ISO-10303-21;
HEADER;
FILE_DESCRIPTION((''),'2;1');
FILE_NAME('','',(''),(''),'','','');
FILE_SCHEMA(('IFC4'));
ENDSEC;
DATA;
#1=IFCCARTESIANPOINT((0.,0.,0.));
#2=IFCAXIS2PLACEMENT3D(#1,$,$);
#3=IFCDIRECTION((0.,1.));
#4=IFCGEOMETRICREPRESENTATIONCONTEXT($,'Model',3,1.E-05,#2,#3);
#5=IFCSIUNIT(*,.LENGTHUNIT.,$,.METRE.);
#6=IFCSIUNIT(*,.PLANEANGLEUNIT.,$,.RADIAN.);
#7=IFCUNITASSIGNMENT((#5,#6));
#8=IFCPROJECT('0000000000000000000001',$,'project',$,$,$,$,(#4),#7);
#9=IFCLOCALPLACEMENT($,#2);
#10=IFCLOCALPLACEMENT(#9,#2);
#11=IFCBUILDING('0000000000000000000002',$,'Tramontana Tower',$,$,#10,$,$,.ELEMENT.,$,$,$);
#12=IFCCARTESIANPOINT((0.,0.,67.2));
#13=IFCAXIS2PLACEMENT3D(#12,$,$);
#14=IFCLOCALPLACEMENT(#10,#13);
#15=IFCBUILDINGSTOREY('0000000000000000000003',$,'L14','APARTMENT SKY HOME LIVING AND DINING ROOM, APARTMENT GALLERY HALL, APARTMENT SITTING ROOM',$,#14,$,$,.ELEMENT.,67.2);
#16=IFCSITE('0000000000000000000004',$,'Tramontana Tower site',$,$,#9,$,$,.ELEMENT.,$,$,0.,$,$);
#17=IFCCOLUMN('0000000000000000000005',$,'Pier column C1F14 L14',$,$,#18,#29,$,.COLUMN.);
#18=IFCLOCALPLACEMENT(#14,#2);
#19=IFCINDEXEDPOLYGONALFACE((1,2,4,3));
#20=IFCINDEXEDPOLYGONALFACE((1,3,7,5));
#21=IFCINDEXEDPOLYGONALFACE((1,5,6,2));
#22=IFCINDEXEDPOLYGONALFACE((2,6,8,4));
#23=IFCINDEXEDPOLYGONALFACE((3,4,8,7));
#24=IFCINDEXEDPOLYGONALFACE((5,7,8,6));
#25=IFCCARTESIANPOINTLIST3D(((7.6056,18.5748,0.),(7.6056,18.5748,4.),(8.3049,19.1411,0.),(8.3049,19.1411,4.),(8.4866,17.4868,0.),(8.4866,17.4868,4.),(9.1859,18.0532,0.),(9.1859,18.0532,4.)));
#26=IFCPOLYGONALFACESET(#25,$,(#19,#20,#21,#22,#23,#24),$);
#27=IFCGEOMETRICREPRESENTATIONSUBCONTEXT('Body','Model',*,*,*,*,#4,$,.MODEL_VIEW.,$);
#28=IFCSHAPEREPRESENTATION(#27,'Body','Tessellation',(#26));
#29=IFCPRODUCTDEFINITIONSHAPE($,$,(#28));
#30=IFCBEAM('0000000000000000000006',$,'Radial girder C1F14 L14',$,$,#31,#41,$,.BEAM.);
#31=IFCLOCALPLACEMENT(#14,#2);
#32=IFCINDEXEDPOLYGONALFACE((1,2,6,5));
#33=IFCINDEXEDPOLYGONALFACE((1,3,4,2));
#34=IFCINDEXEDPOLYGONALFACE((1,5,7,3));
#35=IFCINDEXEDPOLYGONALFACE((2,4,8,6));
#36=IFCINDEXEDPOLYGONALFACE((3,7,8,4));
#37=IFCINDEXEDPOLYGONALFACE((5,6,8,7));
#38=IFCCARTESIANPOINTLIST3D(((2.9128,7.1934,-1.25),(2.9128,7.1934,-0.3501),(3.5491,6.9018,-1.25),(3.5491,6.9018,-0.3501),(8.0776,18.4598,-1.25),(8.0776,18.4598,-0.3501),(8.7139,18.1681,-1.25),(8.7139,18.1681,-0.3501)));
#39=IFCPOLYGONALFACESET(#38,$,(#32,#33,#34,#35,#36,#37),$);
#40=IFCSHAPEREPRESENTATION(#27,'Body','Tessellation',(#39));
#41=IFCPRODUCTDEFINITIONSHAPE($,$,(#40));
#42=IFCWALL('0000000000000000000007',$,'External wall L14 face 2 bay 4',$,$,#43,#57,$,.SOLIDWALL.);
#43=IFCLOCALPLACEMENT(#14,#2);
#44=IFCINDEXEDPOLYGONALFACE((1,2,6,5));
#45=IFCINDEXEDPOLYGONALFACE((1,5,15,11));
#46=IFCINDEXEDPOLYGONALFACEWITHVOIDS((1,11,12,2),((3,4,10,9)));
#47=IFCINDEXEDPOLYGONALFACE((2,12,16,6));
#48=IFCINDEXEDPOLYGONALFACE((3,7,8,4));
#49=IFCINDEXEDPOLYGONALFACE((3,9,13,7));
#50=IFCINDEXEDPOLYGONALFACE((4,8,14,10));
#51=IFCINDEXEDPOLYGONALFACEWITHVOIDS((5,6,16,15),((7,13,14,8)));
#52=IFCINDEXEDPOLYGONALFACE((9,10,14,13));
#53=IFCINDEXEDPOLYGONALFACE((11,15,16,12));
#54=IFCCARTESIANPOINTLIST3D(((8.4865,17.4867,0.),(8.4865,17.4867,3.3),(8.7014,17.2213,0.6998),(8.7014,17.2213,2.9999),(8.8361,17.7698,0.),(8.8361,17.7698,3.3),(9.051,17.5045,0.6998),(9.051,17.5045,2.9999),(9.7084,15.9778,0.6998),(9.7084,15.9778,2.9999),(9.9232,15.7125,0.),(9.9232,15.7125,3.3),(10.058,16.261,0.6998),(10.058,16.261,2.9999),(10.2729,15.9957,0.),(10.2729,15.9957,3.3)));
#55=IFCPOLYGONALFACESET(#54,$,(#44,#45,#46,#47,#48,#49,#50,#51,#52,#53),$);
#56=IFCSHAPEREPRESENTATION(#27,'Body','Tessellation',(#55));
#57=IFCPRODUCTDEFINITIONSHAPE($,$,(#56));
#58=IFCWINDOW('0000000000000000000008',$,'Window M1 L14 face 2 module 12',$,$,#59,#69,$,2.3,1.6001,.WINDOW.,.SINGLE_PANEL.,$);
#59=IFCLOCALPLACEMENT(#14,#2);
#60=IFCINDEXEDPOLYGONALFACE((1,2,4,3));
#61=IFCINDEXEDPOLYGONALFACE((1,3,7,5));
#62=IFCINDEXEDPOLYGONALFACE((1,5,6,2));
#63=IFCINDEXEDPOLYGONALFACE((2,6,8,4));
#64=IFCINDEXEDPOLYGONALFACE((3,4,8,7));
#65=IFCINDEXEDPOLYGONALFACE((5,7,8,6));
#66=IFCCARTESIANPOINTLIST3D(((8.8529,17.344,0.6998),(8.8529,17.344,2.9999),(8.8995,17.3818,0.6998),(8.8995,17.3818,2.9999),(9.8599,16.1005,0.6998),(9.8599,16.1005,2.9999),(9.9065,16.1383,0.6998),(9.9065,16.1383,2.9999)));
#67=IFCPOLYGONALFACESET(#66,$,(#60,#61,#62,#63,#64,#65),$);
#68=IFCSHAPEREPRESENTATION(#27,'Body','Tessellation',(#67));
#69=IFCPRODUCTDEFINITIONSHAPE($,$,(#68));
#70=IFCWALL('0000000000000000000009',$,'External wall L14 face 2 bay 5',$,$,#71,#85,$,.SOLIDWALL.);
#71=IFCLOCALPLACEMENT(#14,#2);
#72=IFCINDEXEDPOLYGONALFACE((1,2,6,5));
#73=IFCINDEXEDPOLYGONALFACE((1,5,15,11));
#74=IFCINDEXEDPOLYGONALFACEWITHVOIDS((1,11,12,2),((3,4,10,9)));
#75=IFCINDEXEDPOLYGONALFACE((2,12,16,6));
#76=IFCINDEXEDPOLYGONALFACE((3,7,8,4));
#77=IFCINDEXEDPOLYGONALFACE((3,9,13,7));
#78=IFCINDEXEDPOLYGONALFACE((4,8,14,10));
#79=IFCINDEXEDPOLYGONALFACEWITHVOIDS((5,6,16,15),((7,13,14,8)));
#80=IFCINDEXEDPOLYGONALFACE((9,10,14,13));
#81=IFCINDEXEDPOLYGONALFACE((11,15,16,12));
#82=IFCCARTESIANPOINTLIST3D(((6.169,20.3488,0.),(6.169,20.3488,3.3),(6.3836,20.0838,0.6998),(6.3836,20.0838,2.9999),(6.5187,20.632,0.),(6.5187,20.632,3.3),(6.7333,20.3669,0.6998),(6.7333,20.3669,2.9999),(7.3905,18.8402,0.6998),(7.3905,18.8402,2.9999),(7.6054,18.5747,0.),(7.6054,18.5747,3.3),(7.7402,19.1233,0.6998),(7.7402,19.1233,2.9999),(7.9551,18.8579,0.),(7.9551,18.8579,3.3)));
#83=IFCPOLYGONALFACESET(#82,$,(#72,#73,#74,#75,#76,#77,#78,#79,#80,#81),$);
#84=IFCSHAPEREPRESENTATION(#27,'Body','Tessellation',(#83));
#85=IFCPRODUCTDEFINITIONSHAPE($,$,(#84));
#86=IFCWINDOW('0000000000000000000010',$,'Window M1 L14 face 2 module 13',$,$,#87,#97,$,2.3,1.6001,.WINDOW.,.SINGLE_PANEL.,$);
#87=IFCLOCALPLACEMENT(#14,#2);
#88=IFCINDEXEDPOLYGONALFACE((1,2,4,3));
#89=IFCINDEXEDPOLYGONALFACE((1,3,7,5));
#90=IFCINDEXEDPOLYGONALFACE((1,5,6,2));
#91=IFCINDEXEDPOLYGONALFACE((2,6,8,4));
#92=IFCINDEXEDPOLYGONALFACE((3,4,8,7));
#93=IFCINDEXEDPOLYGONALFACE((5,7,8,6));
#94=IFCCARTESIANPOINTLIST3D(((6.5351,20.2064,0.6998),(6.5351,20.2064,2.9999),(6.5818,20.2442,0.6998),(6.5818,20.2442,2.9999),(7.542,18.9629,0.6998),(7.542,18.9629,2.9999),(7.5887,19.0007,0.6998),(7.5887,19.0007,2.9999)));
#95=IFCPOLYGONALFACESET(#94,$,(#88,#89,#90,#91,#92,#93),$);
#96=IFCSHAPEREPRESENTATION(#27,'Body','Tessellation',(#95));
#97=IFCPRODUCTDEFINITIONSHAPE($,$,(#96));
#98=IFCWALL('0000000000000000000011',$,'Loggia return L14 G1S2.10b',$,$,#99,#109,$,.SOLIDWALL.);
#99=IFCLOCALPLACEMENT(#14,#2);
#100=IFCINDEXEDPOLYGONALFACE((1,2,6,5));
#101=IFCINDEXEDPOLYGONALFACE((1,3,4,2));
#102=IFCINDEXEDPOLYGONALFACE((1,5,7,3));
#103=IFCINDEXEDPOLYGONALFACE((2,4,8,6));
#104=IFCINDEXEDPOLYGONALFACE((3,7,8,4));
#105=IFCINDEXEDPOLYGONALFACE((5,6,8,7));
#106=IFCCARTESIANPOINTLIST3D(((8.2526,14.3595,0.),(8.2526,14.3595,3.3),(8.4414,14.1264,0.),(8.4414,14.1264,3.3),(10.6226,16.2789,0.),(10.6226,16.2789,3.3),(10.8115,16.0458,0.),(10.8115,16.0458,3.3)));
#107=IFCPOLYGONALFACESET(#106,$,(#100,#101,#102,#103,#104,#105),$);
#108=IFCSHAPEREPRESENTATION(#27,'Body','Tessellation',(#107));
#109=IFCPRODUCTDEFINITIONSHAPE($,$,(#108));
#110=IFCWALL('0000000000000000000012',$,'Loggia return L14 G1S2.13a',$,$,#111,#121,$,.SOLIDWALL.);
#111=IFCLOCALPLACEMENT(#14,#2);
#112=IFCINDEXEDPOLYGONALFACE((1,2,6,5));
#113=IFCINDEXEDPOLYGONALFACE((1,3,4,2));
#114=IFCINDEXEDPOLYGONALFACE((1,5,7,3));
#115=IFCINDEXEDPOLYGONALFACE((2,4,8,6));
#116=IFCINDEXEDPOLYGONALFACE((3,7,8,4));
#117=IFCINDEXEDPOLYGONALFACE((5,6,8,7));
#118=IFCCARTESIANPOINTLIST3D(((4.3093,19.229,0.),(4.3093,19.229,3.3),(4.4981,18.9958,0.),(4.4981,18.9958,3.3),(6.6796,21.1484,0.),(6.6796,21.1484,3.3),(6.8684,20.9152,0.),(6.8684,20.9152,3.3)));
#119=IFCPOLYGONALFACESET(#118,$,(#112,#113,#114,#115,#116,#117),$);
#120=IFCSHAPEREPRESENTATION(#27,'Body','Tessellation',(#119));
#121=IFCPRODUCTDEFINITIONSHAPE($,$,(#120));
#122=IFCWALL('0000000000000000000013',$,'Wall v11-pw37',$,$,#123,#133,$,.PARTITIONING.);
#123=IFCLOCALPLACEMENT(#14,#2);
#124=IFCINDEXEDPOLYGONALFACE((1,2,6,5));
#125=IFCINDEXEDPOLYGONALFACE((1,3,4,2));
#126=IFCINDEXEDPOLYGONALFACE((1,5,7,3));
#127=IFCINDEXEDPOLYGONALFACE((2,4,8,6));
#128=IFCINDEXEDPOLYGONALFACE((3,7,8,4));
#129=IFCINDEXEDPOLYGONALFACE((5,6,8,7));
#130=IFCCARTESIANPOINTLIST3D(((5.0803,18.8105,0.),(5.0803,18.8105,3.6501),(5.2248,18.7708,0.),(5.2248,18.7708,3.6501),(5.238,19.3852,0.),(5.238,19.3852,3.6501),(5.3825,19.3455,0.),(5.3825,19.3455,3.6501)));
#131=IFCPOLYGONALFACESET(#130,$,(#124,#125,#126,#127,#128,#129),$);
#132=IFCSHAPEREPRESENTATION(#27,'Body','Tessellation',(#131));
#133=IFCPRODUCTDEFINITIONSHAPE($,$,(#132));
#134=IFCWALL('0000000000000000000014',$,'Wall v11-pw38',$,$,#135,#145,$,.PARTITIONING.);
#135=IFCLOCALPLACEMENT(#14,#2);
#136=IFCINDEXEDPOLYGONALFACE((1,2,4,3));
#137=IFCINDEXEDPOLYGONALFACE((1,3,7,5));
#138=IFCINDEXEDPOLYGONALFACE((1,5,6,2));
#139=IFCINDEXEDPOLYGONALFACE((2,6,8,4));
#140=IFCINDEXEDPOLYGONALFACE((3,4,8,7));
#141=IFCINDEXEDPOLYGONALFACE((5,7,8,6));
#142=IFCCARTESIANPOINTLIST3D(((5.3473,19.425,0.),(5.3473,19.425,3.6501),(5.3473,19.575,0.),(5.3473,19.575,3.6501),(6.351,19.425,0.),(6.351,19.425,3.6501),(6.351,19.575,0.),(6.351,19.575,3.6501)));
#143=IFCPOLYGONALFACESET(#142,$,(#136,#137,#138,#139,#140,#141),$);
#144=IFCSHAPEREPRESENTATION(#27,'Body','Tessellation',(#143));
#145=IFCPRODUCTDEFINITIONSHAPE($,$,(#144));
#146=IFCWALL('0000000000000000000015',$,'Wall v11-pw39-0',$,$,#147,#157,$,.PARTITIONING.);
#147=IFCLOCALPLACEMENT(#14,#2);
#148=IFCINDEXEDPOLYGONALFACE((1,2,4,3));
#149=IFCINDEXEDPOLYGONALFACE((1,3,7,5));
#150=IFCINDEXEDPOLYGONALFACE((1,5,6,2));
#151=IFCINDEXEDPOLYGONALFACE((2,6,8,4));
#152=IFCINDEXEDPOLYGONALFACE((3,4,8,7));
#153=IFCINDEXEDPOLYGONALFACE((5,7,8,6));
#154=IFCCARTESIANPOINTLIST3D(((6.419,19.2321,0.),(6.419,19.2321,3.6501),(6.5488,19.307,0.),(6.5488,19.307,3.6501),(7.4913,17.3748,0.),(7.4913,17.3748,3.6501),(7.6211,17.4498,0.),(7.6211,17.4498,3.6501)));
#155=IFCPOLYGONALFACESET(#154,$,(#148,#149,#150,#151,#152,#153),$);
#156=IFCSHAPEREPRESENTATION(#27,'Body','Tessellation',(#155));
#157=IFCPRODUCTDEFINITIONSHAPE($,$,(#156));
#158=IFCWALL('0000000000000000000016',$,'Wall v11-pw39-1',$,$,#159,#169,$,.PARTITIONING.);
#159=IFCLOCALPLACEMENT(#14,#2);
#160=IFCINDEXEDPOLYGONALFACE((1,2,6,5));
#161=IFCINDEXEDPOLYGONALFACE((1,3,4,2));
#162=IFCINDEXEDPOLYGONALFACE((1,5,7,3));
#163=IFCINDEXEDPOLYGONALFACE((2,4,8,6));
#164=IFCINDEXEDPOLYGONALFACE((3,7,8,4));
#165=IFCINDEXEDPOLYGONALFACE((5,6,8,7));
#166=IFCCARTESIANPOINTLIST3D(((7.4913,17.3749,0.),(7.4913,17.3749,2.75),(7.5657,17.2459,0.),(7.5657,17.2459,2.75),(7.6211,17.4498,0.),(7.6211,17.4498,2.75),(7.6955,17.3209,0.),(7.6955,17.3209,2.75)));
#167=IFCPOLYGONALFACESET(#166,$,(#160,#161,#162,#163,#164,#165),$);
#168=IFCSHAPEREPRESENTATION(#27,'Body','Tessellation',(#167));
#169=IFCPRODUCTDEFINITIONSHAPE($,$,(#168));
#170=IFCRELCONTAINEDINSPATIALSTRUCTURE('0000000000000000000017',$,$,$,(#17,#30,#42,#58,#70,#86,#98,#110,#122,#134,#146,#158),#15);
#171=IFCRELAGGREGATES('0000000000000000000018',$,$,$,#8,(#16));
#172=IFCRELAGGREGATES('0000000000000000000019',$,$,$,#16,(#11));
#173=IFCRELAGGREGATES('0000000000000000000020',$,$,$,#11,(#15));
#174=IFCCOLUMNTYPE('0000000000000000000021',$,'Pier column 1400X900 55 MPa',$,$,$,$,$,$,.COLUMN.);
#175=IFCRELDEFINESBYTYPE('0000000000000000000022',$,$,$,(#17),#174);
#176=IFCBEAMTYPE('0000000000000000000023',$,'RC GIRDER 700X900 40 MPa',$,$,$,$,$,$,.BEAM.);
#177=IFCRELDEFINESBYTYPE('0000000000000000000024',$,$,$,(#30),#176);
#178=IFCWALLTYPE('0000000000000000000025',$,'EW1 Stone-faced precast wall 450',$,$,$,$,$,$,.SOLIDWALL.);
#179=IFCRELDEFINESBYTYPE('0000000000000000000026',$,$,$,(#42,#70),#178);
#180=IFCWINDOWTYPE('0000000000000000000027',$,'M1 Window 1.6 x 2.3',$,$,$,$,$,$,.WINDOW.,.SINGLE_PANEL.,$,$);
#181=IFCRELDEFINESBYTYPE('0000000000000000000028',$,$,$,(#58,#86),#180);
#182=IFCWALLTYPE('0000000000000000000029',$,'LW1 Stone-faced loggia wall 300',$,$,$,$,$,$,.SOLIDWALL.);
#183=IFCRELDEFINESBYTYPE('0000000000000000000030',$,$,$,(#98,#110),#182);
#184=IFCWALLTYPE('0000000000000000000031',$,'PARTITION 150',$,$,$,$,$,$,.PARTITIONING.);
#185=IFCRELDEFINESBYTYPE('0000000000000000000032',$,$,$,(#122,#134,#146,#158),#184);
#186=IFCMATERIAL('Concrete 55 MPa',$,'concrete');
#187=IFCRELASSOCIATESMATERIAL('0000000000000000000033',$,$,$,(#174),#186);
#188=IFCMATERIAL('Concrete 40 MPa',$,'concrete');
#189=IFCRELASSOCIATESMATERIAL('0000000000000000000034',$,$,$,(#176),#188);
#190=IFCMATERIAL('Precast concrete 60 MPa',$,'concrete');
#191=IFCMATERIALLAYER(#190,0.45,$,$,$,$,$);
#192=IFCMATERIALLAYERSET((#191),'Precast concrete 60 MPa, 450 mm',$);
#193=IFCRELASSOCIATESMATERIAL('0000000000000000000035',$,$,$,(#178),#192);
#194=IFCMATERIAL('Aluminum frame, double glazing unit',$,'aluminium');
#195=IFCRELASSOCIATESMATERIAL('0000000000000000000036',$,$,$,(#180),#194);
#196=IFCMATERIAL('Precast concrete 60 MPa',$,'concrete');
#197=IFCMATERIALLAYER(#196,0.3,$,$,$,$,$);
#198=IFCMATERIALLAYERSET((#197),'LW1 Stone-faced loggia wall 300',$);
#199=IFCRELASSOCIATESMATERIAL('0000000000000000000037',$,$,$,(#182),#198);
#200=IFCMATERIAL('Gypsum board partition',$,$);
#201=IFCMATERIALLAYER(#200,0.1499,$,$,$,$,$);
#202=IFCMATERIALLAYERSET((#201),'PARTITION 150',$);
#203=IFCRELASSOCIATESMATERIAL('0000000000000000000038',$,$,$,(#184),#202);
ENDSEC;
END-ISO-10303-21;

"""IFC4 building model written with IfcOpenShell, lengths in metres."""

from ifc_helpers import new_model, si_unit, direction, frame, frame_2d, origin, origin_2d, place, context, subcontext, project, spatial, rectangle, extrude, material, layer, layer_set, material_profile, profile_set, type_object, element, fill, save


model = new_model("IFC4")

# Units and contexts
model_context = context("Model", 3, precision=1e-05, world=origin(), true_north=direction((0.0, 1.0)))
body_context = subcontext(model_context, "Body", "Model", "MODEL_VIEW")
ifc_project = project(units=[si_unit("LENGTHUNIT", "METRE"), si_unit("PLANEANGLEUNIT", "RADIAN")], contexts=[model_context])

# Site, building, storey
site_placement = place(None, origin())
site = spatial("IfcSite", under=ifc_project, at=site_placement, Name="Tramontana Tower site", CompositionType="ELEMENT", RefElevation=0.0)
building_placement = place(site_placement, origin())
building = spatial("IfcBuilding", under=site, at=building_placement, Name="Tramontana Tower", CompositionType="ELEMENT")
storey_placement = place(building_placement, frame((0.0, 0.0, 67.2)))
storey = spatial("IfcBuildingStorey", under=building, at=storey_placement, Name="L14", Description="APARTMENT SKY HOME LIVING AND DINING ROOM, APARTMENT GALLERY HALL, APARTMENT SITTING ROOM", CompositionType="ELEMENT", Elevation=67.2)

# Column
ifc_material_1 = material(Name="Concrete 55 MPa", Category="concrete")
ifc_material_profile_1 = material_profile(ifc_material_1, rectangle(XDim=1.3999, YDim=0.8999, at=origin_2d()), Name="Pier column 1400X900 55 MPa")
ifc_profile_set_1 = profile_set([ifc_material_profile_1], Name="Concrete 55 MPa")
column_type = type_object("IfcColumnType", Name="Pier column 1400X900 55 MPa", PredefinedType="COLUMN", material=ifc_profile_set_1)
column_placement = place(storey_placement, frame((8.3958, 18.314, 0.0), z_axis=(0.0, 0.0, 1.0), x_axis=(-0.62932, 0.777146, 0.0)))
element("IfcColumn", 1, at=column_placement, inside=storey, type_object=column_type, Name="Pier column C1F14 L14", PredefinedType="COLUMN", context=body_context, shape_type="SweptSolid", body=[
    extrude(rectangle(XDim=1.3999, YDim=0.8999, at=origin_2d()), origin(), (0.0, 0.0, 1.0), 4.0),
])

# Beam
ifc_material_2 = material(Name="Concrete 40 MPa", Category="concrete")
ifc_material_profile_2 = material_profile(ifc_material_2, rectangle(XDim=0.7, YDim=0.8999, at=origin_2d()), Name="RC GIRDER 700X900 40 MPa")
ifc_profile_set_2 = profile_set([ifc_material_profile_2], Name="Concrete 40 MPa")
beam_type = type_object("IfcBeamType", Name="RC GIRDER 700X900 40 MPa", PredefinedType="BEAM", material=ifc_profile_set_2)
beam_placement = place(storey_placement, frame((8.3958, 18.314, -0.8), z_axis=(-0.416725, -0.909033, 0.0), x_axis=(0.909033, -0.416725, 0.0)))
element("IfcBeam", 2, at=beam_placement, inside=storey, type_object=beam_type, Name="Radial girder C1F14 L14", PredefinedType="BEAM", context=body_context, shape_type="SweptSolid", body=[
    extrude(rectangle(XDim=0.7, YDim=0.8999, at=origin_2d()), origin(), (0.0, 0.0, 1.0), 12.3938),
])

# Walls, openings, windows
ifc_material_3 = material(Name="Precast concrete 60 MPa", Category="concrete")
ifc_layer_1 = layer(ifc_material_3, 0.45)
ifc_layer_set_1 = layer_set([ifc_layer_1], Name="Precast concrete 60 MPa, 450 mm")
wall_type_1 = type_object("IfcWallType", Name="EW1 Stone-faced precast wall 450", PredefinedType="SOLIDWALL", material=ifc_layer_set_1)
wall_1_placement = place(storey_placement, frame((10.0981, 15.854, 0.0), z_axis=(0.0, 0.0, 1.0), x_axis=(-0.62934, 0.77713, 0.0)))
wall_1 = element("IfcWall", 3, at=wall_1_placement, inside=storey, type_object=wall_type_1, Name="External wall L14 face 2 bay 4", PredefinedType="SOLIDWALL", context=body_context, shape_type="SweptSolid", body=[
    extrude(rectangle(XDim=2.283, YDim=0.45, at=frame_2d((1.1416, 0.0))), origin(), (0.0, 0.0, 1.0), 3.3),
])
opening_1_placement = place(wall_1_placement, frame((0.3416, 0.0, 0.7)))
opening_1 = element("IfcOpeningElement", 4, at=opening_1_placement, cuts=wall_1, PredefinedType="OPENING", context=body_context, shape_type="SweptSolid", body=[
    extrude(rectangle(XDim=1.6001, YDim=2.3, at=frame_2d((0.8, 1.1499))), frame((0.0, 0.2349, 0.0), z_axis=(0.0, -1.0, 0.0), x_axis=(1.0, 0.0, 0.0)), (0.0, 0.0, 1.0), 0.47),
])
ifc_material_4 = material(Name="Aluminum frame, double glazing unit", Category="aluminium")
window_type = type_object("IfcWindowType", Name="M1 Window 1.6 x 2.3", PartitioningType="SINGLE_PANEL", PredefinedType="WINDOW", material=ifc_material_4)
window_1_placement = place(opening_1_placement, origin())
window_1 = element("IfcWindow", 5, at=window_1_placement, inside=storey, type_object=window_type, Name="Window M1 L14 face 2 module 12", OverallHeight=2.3, OverallWidth=1.6001, PartitioningType="SINGLE_PANEL", PredefinedType="WINDOW", context=body_context, shape_type="SweptSolid", body=[
    extrude(rectangle(XDim=1.6001, YDim=2.3, at=frame_2d((0.8, 1.1499))), frame((0.0, 0.03, 0.0), z_axis=(0.0, -1.0, 0.0), x_axis=(1.0, 0.0, 0.0)), (0.0, 0.0, 1.0), 0.0601),
])
fill(opening_1, window_1)
wall_2_placement = place(storey_placement, frame((7.7803, 18.7163, 0.0), z_axis=(0.0, 0.0, 1.0), x_axis=(-0.629275, 0.777183, 0.0)))
wall_2 = element("IfcWall", 6, at=wall_2_placement, inside=storey, type_object=wall_type_1, Name="External wall L14 face 2 bay 5", PredefinedType="SOLIDWALL", context=body_context, shape_type="SweptSolid", body=[
    extrude(rectangle(XDim=2.2827, YDim=0.45, at=frame_2d((1.1414, 0.0))), origin(), (0.0, 0.0, 1.0), 3.3),
])
opening_2_placement = place(wall_2_placement, frame((0.3416, 0.0, 0.7)))
opening_2 = element("IfcOpeningElement", 7, at=opening_2_placement, cuts=wall_2, PredefinedType="OPENING", context=body_context, shape_type="SweptSolid", body=[
    extrude(rectangle(XDim=1.6001, YDim=2.3, at=frame_2d((0.8, 1.1499))), frame((0.0, 0.2349, 0.0), z_axis=(0.0, -1.0, 0.0), x_axis=(1.0, 0.0, 0.0)), (0.0, 0.0, 1.0), 0.47),
])
window_2_placement = place(opening_2_placement, origin())
window_2 = element("IfcWindow", 8, at=window_2_placement, inside=storey, type_object=window_type, Name="Window M1 L14 face 2 module 13", OverallHeight=2.3, OverallWidth=1.6001, PartitioningType="SINGLE_PANEL", PredefinedType="WINDOW", context=body_context, shape_type="SweptSolid", body=[
    extrude(rectangle(XDim=1.6001, YDim=2.3, at=frame_2d((0.8, 1.1499))), frame((0.0, 0.03, 0.0), z_axis=(0.0, -1.0, 0.0), x_axis=(1.0, 0.0, 0.0)), (0.0, 0.0, 1.0), 0.0601),
])
fill(opening_2, window_2)

# Walls
ifc_material_5 = material(Name="Precast concrete 60 MPa", Category="concrete")
ifc_layer_2 = layer(ifc_material_5, 0.3)
ifc_layer_set_2 = layer_set([ifc_layer_2], Name="LW1 Stone-faced loggia wall 300")
wall_type_2 = type_object("IfcWallType", Name="LW1 Stone-faced loggia wall 300", PredefinedType="SOLIDWALL", material=ifc_layer_set_2)
wall_3_placement = place(storey_placement, frame((10.717, 16.1624, 0.0), z_axis=(0.0, 0.0, 1.0), x_axis=(-0.777122, -0.62935, 0.0)))
element("IfcWall", 9, at=wall_3_placement, inside=storey, type_object=wall_type_2, Name="Loggia return L14 G1S2.10b", PredefinedType="SOLIDWALL", context=body_context, shape_type="SweptSolid", body=[
    extrude(rectangle(XDim=3.0498, YDim=0.3, at=frame_2d((1.5249, 0.0))), origin(), (0.0, 0.0, 1.0), 3.3),
])
wall_4_placement = place(storey_placement, frame((6.7739, 21.0317, 0.0), z_axis=(0.0, 0.0, 1.0), x_axis=(-0.777154, -0.629311, 0.0)))
element("IfcWall", 10, at=wall_4_placement, inside=storey, type_object=wall_type_2, Name="Loggia return L14 G1S2.13a", PredefinedType="SOLIDWALL", context=body_context, shape_type="SweptSolid", body=[
    extrude(rectangle(XDim=3.05, YDim=0.3, at=frame_2d((1.5249, 0.0))), origin(), (0.0, 0.0, 1.0), 3.3),
])
ifc_material_6 = material(Name="Gypsum board partition")
ifc_layer_3 = layer(ifc_material_6, 0.1499)
ifc_layer_set_3 = layer_set([ifc_layer_3], Name="PARTITION 150")
wall_type_3 = type_object("IfcWallType", Name="PARTITION 150", PredefinedType="PARTITIONING", material=ifc_layer_set_3)
wall_5_placement = place(storey_placement, frame((5.1526, 18.7908, 0.0), z_axis=(0.0, 0.0, 1.0), x_axis=(0.264642, 0.964347, 0.0)))
element("IfcWall", 11, at=wall_5_placement, inside=storey, type_object=wall_type_3, Name="Wall v11-pw37", PredefinedType="PARTITIONING", context=body_context, shape_type="SweptSolid", body=[
    extrude(rectangle(XDim=0.5959, YDim=0.1499, at=frame_2d((0.2979, 0.0))), origin(), (0.0, 0.0, 1.0), 3.6501),
])
wall_6_placement = place(storey_placement, frame((5.3472, 19.5, 0.0), z_axis=(0.0, 0.0, 1.0), x_axis=(1.0, 0.0, 0.0)))
element("IfcWall", 12, at=wall_6_placement, inside=storey, type_object=wall_type_3, Name="Wall v11-pw38", PredefinedType="PARTITIONING", context=body_context, shape_type="SweptSolid", body=[
    extrude(rectangle(XDim=1.0037, YDim=0.1499, at=frame_2d((0.502, 0.0))), origin(), (0.0, 0.0, 1.0), 3.6501),
])
wall_7_placement = place(storey_placement, frame((6.4839, 19.2695, 0.0), z_axis=(0.0, 0.0, 1.0), x_axis=(0.500008, -0.866021, 0.0)))
element("IfcWall", 13, at=wall_7_placement, inside=storey, type_object=wall_type_3, Name="Wall v11-pw39-0", PredefinedType="PARTITIONING", context=body_context, shape_type="SweptSolid", body=[
    extrude(rectangle(XDim=2.1445, YDim=0.1499, at=frame_2d((1.0723, 0.0))), origin(), (0.0, 0.0, 1.0), 3.6501),
])
wall_8_placement = place(storey_placement, frame((7.5562, 17.4124, 0.0), z_axis=(0.0, 0.0, 1.0), x_axis=(0.500196, -0.865912, 0.0)))
element("IfcWall", 14, at=wall_8_placement, inside=storey, type_object=wall_type_3, Name="Wall v11-pw39-1", PredefinedType="PARTITIONING", context=body_context, shape_type="SweptSolid", body=[
    extrude(rectangle(XDim=0.1489, YDim=0.1499, at=frame_2d((0.0745, 0.0))), origin(), (0.0, 0.0, 1.0), 2.75),
])

save(model, "model.ifc")
